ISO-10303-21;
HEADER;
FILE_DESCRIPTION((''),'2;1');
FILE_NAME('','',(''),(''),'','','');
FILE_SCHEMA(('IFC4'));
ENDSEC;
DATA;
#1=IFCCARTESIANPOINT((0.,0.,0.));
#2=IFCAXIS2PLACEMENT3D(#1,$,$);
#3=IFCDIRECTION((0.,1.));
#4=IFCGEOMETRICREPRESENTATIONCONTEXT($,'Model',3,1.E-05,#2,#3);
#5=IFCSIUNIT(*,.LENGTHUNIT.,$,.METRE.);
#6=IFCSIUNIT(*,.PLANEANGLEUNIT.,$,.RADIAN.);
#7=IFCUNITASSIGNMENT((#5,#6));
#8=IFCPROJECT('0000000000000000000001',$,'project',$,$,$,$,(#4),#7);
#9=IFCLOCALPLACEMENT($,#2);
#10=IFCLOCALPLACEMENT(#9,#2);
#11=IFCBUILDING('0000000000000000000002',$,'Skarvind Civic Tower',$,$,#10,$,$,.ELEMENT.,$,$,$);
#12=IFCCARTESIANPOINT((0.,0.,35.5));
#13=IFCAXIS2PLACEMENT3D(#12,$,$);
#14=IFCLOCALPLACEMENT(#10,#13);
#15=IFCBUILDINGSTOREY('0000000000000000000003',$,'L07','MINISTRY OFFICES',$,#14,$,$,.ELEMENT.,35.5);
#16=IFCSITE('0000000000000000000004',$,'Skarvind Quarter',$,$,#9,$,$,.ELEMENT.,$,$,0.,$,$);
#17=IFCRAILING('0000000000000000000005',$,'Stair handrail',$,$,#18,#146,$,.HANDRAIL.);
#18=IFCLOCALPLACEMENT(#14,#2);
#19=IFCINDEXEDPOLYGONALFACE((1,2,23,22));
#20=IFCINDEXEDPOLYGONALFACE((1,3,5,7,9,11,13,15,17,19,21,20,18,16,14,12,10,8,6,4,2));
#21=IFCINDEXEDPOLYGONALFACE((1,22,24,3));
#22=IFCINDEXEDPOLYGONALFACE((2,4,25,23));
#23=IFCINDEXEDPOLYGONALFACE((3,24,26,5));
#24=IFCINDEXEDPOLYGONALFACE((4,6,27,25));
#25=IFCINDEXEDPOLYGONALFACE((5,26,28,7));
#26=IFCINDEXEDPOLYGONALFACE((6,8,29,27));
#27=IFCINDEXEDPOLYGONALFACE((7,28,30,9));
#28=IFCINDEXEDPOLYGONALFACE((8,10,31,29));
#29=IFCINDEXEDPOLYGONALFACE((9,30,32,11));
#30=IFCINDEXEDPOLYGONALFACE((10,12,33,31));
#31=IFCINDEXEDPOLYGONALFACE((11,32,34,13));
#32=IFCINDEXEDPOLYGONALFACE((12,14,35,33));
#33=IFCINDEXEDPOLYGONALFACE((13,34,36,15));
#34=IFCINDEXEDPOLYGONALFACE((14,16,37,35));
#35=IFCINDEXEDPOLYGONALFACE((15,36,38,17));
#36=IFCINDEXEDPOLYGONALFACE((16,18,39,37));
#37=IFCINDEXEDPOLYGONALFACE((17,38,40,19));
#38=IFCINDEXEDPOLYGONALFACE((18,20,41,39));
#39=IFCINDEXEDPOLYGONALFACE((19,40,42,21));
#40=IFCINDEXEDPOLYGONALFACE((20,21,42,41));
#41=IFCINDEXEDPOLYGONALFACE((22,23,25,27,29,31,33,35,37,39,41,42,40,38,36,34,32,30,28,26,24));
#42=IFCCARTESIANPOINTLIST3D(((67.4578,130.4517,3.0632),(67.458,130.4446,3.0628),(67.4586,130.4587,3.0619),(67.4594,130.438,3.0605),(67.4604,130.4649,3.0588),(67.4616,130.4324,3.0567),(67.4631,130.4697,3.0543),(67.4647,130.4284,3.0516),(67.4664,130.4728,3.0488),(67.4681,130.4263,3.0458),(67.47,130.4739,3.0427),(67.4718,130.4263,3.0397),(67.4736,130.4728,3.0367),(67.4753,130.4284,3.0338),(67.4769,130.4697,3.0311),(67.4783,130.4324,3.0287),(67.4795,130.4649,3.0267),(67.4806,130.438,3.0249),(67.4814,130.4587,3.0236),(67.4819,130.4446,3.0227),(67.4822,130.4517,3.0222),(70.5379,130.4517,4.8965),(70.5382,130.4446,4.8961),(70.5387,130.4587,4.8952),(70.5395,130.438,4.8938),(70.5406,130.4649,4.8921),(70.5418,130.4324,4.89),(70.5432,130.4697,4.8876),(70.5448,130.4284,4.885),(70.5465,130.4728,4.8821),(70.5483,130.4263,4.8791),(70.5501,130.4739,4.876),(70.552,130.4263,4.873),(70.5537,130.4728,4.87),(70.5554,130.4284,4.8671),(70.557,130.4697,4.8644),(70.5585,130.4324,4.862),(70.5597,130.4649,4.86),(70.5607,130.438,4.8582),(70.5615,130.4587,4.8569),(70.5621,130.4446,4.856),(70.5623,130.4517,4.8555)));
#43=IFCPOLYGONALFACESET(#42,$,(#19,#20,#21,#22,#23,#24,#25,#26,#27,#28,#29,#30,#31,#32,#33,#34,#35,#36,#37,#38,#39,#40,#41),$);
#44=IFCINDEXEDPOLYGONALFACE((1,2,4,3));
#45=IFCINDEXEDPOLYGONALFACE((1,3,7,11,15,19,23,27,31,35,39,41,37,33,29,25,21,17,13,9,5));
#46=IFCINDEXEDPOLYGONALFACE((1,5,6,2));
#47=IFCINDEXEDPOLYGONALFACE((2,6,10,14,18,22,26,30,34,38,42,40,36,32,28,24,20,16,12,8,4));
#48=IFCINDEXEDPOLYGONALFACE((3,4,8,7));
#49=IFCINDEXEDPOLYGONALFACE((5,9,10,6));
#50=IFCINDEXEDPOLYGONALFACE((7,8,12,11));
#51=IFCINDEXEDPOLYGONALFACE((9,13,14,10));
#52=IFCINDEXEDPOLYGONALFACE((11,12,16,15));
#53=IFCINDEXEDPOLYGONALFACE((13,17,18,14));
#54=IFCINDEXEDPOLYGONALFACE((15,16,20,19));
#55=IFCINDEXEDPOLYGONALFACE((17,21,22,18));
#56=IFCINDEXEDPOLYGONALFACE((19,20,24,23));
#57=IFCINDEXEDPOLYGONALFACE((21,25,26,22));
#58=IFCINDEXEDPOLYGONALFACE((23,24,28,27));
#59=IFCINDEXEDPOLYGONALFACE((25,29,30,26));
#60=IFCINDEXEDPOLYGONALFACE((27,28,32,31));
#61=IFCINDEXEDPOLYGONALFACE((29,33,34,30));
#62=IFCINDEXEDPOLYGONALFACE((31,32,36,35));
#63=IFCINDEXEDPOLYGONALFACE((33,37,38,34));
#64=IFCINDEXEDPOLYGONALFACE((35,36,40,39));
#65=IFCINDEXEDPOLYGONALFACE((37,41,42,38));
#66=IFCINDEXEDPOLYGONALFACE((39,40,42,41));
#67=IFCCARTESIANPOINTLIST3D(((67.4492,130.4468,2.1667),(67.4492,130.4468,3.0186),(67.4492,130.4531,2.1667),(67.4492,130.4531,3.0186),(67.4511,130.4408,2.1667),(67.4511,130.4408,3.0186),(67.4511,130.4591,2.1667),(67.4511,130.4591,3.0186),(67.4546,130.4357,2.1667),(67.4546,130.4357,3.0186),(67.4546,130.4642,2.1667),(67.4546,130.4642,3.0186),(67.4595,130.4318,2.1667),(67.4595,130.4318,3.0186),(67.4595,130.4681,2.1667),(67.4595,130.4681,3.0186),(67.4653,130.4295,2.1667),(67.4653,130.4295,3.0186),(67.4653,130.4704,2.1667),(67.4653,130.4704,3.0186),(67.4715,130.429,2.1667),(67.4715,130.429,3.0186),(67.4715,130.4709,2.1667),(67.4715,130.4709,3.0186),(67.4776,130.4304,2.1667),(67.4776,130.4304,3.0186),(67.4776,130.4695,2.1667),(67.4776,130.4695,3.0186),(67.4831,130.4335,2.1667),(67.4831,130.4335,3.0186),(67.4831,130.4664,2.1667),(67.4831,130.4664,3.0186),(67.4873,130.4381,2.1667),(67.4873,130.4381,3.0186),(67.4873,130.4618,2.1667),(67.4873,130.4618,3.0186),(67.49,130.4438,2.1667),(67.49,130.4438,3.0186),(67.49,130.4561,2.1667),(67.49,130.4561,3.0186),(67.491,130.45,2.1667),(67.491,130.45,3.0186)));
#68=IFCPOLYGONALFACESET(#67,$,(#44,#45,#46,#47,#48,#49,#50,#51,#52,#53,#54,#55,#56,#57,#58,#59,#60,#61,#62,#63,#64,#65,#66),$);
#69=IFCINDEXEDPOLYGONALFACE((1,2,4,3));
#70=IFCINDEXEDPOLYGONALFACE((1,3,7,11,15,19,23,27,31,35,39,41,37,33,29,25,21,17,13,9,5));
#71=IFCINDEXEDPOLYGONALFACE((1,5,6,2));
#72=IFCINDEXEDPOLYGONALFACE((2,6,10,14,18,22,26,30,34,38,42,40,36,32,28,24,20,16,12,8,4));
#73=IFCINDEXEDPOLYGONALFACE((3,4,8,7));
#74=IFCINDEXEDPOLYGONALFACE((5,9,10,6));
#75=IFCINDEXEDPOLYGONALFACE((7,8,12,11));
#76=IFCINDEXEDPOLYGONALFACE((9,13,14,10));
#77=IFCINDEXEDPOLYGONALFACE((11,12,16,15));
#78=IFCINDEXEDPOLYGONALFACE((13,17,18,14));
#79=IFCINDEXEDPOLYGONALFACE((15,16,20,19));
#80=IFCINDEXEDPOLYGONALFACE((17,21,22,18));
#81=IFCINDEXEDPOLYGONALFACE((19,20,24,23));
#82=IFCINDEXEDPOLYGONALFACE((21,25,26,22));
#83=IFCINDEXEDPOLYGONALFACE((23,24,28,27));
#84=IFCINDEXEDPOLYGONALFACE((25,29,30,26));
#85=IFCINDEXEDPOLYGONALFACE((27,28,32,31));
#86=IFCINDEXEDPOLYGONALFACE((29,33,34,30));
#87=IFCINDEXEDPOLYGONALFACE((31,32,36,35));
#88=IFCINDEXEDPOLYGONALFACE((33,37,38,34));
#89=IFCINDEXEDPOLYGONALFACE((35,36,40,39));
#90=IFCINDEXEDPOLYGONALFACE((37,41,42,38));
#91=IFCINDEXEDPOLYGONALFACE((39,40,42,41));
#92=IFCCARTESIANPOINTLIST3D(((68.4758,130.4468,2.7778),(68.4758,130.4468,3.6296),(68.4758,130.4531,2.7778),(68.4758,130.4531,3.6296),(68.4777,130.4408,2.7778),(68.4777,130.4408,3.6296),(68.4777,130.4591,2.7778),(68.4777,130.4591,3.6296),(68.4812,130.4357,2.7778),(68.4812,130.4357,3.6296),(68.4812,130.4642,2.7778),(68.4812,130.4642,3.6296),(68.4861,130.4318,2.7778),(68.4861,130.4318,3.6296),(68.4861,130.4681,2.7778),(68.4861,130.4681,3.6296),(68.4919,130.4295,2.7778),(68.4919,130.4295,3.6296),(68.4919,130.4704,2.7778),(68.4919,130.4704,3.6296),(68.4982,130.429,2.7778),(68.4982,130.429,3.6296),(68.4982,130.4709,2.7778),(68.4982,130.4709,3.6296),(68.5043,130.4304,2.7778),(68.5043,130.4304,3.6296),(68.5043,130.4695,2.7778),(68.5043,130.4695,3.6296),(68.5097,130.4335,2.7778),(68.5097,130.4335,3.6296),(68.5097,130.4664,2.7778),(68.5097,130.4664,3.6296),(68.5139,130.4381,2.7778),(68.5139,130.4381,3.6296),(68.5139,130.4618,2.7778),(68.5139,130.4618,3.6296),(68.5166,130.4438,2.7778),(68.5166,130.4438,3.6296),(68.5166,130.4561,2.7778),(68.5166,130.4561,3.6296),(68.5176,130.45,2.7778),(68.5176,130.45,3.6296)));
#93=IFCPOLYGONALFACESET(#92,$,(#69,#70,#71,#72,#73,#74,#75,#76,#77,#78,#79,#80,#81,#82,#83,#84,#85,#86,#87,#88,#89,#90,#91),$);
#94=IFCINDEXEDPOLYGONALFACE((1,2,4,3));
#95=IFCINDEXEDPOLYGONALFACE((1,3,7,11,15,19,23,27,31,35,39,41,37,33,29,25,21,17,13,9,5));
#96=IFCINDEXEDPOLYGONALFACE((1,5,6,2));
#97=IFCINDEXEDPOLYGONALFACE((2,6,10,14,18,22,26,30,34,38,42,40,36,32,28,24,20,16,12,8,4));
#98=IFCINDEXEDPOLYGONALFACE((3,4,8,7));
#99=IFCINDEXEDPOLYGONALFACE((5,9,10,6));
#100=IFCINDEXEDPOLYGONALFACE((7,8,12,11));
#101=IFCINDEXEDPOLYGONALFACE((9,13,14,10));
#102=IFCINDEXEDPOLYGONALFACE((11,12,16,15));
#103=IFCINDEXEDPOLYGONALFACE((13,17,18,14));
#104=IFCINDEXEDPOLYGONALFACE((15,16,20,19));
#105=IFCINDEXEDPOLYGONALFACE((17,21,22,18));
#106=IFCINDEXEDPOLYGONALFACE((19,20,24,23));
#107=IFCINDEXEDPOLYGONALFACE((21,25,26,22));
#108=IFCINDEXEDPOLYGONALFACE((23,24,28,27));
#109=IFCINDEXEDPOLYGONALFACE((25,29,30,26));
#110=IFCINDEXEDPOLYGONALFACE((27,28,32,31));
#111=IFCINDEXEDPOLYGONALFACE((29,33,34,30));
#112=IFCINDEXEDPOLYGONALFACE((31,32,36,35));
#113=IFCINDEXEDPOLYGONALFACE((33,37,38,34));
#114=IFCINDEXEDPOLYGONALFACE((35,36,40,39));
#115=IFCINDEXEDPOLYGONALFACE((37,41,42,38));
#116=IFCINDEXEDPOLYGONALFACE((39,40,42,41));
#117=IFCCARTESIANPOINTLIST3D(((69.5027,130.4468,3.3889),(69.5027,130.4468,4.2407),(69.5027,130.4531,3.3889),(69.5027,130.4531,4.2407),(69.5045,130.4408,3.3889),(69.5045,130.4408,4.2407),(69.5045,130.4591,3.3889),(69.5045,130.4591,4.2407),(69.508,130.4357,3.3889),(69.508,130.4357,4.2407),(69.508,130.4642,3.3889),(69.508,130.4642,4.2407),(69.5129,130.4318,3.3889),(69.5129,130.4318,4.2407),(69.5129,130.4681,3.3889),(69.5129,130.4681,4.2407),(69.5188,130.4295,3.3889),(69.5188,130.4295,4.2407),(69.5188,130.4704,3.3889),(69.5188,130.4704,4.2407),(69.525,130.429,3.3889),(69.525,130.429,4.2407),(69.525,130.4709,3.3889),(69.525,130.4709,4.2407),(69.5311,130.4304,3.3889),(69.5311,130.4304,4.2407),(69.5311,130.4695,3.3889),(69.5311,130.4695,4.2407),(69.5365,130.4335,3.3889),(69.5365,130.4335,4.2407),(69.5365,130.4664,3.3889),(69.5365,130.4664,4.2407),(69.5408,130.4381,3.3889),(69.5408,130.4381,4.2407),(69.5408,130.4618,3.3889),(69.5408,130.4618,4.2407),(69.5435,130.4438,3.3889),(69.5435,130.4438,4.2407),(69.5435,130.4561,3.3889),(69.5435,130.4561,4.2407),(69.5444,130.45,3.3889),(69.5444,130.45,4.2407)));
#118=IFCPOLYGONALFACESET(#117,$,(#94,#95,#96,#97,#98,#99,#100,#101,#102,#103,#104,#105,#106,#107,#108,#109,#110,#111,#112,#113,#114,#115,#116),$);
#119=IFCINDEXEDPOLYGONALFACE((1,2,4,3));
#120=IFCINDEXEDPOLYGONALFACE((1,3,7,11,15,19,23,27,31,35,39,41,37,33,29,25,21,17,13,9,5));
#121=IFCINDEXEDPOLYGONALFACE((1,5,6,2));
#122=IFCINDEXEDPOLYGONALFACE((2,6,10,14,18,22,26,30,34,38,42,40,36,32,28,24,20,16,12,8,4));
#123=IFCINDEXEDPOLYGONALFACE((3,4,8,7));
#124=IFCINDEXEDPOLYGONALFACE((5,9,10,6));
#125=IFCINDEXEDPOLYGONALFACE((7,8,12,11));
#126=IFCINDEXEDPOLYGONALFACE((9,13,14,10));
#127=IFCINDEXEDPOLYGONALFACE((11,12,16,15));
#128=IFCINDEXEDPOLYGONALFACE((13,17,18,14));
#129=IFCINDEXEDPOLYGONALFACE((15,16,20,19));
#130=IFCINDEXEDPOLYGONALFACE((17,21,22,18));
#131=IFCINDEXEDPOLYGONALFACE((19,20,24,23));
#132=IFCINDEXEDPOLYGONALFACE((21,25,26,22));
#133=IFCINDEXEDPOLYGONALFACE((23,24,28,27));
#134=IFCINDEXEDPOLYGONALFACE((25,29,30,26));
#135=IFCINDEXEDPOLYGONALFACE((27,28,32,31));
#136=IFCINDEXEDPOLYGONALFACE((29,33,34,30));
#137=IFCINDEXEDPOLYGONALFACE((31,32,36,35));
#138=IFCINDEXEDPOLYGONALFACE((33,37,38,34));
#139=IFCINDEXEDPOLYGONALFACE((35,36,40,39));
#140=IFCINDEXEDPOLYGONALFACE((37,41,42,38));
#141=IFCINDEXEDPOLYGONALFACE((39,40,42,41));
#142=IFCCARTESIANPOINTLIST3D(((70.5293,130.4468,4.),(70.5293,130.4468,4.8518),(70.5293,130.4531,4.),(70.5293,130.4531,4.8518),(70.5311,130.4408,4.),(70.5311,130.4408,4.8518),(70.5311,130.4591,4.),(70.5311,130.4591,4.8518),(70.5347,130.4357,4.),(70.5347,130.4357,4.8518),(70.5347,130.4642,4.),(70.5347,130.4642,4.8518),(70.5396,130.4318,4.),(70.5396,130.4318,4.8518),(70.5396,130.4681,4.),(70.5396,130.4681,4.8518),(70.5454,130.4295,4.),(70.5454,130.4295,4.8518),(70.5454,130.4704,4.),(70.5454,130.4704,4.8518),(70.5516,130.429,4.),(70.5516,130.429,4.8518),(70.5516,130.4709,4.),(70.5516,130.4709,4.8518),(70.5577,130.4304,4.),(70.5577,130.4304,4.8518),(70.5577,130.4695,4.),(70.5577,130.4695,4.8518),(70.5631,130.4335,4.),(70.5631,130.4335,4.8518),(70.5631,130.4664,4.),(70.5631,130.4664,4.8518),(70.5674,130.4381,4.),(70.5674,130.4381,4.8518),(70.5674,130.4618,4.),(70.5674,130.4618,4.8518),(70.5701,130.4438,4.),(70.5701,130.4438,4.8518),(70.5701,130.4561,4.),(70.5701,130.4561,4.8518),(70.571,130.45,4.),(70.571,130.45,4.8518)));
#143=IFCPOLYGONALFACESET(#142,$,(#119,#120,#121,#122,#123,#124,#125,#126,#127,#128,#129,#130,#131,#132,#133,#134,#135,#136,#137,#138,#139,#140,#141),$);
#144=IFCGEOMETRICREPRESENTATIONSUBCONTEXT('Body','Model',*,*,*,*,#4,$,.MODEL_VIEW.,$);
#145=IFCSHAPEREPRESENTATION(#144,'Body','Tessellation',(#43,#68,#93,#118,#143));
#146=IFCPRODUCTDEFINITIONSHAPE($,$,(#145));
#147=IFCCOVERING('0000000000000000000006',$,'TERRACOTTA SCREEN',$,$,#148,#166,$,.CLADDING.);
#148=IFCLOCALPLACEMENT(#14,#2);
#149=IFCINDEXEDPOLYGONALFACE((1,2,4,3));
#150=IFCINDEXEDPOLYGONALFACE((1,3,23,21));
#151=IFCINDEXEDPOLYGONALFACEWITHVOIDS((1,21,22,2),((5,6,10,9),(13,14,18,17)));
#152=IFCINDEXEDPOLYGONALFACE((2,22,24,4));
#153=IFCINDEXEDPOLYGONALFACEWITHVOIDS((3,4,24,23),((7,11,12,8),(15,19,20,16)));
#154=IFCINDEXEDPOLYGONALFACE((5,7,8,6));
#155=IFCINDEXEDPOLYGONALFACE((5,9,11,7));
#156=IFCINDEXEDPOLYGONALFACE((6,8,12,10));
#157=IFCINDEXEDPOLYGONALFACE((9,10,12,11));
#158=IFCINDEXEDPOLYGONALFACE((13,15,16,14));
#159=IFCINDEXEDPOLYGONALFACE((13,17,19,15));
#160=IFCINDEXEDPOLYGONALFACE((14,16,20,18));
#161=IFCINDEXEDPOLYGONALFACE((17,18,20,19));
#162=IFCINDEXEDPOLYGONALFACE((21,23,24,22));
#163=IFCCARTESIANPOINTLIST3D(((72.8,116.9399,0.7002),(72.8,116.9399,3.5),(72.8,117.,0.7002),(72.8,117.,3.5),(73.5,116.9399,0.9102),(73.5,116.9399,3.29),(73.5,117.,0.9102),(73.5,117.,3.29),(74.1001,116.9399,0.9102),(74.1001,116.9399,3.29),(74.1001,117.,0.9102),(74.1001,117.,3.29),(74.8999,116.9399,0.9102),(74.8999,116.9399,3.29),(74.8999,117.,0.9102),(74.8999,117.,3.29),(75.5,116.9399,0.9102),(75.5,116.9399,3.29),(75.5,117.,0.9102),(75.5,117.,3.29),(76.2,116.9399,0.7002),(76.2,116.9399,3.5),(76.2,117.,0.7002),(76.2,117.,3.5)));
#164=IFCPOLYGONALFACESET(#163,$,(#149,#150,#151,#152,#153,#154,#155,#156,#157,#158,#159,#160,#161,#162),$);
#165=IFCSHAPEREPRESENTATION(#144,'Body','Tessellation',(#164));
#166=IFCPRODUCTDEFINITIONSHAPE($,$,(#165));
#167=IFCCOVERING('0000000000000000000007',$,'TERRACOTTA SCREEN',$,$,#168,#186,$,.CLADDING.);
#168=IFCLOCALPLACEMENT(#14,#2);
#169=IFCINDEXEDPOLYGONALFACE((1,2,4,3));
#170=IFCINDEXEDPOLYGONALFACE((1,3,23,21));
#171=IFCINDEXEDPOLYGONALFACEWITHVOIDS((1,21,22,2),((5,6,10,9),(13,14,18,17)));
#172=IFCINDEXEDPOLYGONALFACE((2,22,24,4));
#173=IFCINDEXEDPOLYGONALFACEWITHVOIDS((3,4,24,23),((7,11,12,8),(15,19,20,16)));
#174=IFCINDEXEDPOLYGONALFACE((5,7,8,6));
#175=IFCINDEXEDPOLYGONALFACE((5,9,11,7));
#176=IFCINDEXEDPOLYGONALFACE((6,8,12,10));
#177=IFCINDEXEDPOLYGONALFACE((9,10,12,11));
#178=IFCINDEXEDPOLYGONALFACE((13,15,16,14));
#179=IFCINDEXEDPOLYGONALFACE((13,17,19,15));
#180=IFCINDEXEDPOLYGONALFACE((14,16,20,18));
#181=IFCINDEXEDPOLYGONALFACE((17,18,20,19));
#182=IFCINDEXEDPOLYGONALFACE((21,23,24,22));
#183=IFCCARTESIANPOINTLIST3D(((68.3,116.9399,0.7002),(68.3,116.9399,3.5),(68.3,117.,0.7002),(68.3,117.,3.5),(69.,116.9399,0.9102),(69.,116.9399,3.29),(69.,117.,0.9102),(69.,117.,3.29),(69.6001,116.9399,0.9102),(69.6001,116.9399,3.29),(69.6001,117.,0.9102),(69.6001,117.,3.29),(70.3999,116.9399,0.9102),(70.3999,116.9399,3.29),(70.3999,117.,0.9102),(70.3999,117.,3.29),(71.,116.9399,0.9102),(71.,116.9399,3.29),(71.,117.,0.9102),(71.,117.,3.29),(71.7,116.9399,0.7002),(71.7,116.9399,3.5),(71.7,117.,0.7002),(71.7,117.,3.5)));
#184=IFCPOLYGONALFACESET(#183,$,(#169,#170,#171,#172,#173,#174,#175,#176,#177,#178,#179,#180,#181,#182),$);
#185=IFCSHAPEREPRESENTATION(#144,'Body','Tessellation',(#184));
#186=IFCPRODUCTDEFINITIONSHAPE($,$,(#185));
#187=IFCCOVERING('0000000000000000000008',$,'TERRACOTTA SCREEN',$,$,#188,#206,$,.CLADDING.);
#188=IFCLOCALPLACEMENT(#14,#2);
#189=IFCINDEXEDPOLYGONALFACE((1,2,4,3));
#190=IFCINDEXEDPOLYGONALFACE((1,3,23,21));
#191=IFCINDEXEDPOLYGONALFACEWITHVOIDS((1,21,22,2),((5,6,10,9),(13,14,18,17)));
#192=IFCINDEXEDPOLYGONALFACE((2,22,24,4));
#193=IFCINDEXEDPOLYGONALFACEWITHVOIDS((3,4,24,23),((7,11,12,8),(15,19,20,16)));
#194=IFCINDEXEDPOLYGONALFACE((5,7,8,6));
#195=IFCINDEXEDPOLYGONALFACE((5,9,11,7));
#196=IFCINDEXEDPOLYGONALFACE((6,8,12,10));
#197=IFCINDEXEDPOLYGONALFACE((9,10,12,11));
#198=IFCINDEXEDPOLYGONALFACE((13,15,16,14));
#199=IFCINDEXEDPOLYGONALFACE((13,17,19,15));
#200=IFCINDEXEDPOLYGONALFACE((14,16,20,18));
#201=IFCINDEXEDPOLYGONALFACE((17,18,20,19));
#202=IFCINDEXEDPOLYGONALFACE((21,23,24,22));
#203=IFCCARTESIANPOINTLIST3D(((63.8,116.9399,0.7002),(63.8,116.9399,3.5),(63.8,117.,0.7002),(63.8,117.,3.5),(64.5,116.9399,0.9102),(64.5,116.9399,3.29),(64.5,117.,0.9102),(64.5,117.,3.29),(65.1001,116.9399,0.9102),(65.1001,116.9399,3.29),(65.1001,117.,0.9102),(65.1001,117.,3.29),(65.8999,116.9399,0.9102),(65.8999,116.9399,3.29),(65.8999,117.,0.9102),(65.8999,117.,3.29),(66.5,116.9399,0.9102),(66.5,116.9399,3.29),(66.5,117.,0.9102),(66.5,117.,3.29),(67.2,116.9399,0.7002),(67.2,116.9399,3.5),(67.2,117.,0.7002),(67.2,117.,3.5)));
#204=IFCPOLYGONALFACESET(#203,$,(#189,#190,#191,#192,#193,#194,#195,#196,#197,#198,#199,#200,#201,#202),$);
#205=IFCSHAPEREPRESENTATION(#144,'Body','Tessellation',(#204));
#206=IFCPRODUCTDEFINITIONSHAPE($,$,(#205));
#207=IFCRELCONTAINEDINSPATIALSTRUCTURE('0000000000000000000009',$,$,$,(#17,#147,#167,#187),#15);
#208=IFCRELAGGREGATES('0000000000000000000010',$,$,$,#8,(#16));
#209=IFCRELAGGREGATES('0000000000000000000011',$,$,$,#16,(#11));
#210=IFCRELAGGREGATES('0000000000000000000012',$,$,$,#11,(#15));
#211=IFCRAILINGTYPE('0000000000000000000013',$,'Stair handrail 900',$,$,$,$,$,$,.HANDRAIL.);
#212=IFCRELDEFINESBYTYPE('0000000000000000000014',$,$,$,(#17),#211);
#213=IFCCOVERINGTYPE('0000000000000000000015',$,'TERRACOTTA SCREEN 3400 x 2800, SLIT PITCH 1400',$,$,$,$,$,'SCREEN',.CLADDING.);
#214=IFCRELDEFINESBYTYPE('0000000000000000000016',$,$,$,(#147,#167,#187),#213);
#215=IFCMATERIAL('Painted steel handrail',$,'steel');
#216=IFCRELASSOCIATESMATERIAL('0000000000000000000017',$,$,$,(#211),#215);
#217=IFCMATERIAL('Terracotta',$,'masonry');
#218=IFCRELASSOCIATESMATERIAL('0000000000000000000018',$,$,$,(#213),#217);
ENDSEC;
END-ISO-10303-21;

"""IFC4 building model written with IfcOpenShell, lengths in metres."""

from ifc_helpers import new_model, si_unit, direction, frame, origin, origin_2d, place, context, subcontext, project, spatial, polyline, circle, outline, extrude, material, material_profile, profile_set, type_object, element, save


model = new_model("IFC4")

# Units and contexts
model_context = context("Model", 3, precision=1e-05, world=origin(), true_north=direction((0.0, 1.0)))
body_context = subcontext(model_context, "Body", "Model", "MODEL_VIEW")
ifc_project = project(units=[si_unit("LENGTHUNIT", "METRE"), si_unit("PLANEANGLEUNIT", "RADIAN")], contexts=[model_context])

# Site, building, storey
site_placement = place(None, origin())
site = spatial("IfcSite", under=ifc_project, at=site_placement, Name="Skarvind Quarter", CompositionType="ELEMENT", RefElevation=0.0)
building_placement = place(site_placement, origin())
building = spatial("IfcBuilding", under=site, at=building_placement, Name="Skarvind Civic Tower", CompositionType="ELEMENT")
storey_placement = place(building_placement, frame((0.0, 0.0, 35.5)))
storey = spatial("IfcBuildingStorey", under=building, at=storey_placement, Name="L07", Description="MINISTRY OFFICES", CompositionType="ELEMENT", Elevation=35.5)

# Railing
ifc_material_1 = material(Name="Painted steel handrail", Category="steel")
railing_type = type_object("IfcRailingType", Name="Stair handrail 900", PredefinedType="HANDRAIL", material=ifc_material_1)
railing_1_placement = place(storey_placement, frame((67.47, 130.45, 2.1667)))
element("IfcRailing", 1, at=railing_1_placement, inside=storey, type_object=railing_type, Name="Stair handrail", PredefinedType="HANDRAIL", context=body_context, shape_type="SweptSolid", body=[
    extrude(circle(Radius=0.0239, at=origin_2d()), frame((0.0, 0.0, 0.876), z_axis=(0.859309, 0.0, 0.511458), x_axis=(0.0, 1.0, 0.0)), (0.0, 0.0, 1.0), 3.5845),
    extrude(circle(Radius=0.021, at=origin_2d()), origin(), (0.0, 0.0, 1.0), 0.8518),
    extrude(circle(Radius=0.021, at=origin_2d()), frame((1.0266, 0.0, 0.6111)), (0.0, 0.0, 1.0), 0.8518),
    extrude(circle(Radius=0.021, at=origin_2d()), frame((2.0535, 0.0, 1.2222)), (0.0, 0.0, 1.0), 0.8518),
    extrude(circle(Radius=0.021, at=origin_2d()), frame((3.0801, 0.0, 1.8333)), (0.0, 0.0, 1.0), 0.8518),
])

# Coverings
ifc_material_2 = material(Name="Terracotta", Category="masonry")
ifc_material_profile_1 = material_profile(ifc_material_2, outline(polyline([(-1.7, -1.3999), (1.7, -1.3999), (1.7, 1.3999), (-1.7, 1.3999), (-1.7, -1.3999)]), holes=[polyline([(-1.0, -1.1899), (-0.3999, -1.1899), (-0.3999, 1.1899), (-1.0, 1.1899), (-1.0, -1.1899)]), polyline([(0.3999, -1.1899), (1.0, -1.1899), (1.0, 1.1899), (0.3999, 1.1899), (0.3999, -1.1899)])]), Name="TERRACOTTA SCREEN 3400 x 2800, SLIT PITCH 1400")
ifc_profile_set_1 = profile_set([ifc_material_profile_1], Name="Terracotta")
covering_type = type_object("IfcCoveringType", Name="TERRACOTTA SCREEN 3400 x 2800, SLIT PITCH 1400", ElementType="SCREEN", PredefinedType="CLADDING", material=ifc_profile_set_1)
for number, where, z_axis, x_axis, name in (
    (2, (74.5, 117.0, 2.1001), (0.0, -1.0, 0.0), (1.0, 0.0, 0.0), "TERRACOTTA SCREEN"),
    (3, (70.0, 117.0, 2.1001), (0.0, -1.0, 0.0), (1.0, 0.0, 0.0), "TERRACOTTA SCREEN"),
    (4, (65.5, 117.0, 2.1001), (0.0, -1.0, 0.0), (1.0, 0.0, 0.0), "TERRACOTTA SCREEN"),
):
    element("IfcCovering", number, at=place(storey_placement, frame(where, z_axis=z_axis, x_axis=x_axis)), inside=storey, type_object=covering_type, Name=name, PredefinedType="CLADDING", context=body_context, shape_type="SweptSolid", body=[
        extrude(outline(polyline([(-1.7, -1.3999), (1.7, -1.3999), (1.7, 1.3999), (-1.7, 1.3999), (-1.7, -1.3999)]), holes=[polyline([(-1.0, -1.1899), (-0.3999, -1.1899), (-0.3999, 1.1899), (-1.0, 1.1899), (-1.0, -1.1899)]), polyline([(0.3999, -1.1899), (1.0, -1.1899), (1.0, 1.1899), (0.3999, 1.1899), (0.3999, -1.1899)])]), origin(), (0.0, 0.0, 1.0), 0.0601),
    ])

save(model, "model.ifc")
